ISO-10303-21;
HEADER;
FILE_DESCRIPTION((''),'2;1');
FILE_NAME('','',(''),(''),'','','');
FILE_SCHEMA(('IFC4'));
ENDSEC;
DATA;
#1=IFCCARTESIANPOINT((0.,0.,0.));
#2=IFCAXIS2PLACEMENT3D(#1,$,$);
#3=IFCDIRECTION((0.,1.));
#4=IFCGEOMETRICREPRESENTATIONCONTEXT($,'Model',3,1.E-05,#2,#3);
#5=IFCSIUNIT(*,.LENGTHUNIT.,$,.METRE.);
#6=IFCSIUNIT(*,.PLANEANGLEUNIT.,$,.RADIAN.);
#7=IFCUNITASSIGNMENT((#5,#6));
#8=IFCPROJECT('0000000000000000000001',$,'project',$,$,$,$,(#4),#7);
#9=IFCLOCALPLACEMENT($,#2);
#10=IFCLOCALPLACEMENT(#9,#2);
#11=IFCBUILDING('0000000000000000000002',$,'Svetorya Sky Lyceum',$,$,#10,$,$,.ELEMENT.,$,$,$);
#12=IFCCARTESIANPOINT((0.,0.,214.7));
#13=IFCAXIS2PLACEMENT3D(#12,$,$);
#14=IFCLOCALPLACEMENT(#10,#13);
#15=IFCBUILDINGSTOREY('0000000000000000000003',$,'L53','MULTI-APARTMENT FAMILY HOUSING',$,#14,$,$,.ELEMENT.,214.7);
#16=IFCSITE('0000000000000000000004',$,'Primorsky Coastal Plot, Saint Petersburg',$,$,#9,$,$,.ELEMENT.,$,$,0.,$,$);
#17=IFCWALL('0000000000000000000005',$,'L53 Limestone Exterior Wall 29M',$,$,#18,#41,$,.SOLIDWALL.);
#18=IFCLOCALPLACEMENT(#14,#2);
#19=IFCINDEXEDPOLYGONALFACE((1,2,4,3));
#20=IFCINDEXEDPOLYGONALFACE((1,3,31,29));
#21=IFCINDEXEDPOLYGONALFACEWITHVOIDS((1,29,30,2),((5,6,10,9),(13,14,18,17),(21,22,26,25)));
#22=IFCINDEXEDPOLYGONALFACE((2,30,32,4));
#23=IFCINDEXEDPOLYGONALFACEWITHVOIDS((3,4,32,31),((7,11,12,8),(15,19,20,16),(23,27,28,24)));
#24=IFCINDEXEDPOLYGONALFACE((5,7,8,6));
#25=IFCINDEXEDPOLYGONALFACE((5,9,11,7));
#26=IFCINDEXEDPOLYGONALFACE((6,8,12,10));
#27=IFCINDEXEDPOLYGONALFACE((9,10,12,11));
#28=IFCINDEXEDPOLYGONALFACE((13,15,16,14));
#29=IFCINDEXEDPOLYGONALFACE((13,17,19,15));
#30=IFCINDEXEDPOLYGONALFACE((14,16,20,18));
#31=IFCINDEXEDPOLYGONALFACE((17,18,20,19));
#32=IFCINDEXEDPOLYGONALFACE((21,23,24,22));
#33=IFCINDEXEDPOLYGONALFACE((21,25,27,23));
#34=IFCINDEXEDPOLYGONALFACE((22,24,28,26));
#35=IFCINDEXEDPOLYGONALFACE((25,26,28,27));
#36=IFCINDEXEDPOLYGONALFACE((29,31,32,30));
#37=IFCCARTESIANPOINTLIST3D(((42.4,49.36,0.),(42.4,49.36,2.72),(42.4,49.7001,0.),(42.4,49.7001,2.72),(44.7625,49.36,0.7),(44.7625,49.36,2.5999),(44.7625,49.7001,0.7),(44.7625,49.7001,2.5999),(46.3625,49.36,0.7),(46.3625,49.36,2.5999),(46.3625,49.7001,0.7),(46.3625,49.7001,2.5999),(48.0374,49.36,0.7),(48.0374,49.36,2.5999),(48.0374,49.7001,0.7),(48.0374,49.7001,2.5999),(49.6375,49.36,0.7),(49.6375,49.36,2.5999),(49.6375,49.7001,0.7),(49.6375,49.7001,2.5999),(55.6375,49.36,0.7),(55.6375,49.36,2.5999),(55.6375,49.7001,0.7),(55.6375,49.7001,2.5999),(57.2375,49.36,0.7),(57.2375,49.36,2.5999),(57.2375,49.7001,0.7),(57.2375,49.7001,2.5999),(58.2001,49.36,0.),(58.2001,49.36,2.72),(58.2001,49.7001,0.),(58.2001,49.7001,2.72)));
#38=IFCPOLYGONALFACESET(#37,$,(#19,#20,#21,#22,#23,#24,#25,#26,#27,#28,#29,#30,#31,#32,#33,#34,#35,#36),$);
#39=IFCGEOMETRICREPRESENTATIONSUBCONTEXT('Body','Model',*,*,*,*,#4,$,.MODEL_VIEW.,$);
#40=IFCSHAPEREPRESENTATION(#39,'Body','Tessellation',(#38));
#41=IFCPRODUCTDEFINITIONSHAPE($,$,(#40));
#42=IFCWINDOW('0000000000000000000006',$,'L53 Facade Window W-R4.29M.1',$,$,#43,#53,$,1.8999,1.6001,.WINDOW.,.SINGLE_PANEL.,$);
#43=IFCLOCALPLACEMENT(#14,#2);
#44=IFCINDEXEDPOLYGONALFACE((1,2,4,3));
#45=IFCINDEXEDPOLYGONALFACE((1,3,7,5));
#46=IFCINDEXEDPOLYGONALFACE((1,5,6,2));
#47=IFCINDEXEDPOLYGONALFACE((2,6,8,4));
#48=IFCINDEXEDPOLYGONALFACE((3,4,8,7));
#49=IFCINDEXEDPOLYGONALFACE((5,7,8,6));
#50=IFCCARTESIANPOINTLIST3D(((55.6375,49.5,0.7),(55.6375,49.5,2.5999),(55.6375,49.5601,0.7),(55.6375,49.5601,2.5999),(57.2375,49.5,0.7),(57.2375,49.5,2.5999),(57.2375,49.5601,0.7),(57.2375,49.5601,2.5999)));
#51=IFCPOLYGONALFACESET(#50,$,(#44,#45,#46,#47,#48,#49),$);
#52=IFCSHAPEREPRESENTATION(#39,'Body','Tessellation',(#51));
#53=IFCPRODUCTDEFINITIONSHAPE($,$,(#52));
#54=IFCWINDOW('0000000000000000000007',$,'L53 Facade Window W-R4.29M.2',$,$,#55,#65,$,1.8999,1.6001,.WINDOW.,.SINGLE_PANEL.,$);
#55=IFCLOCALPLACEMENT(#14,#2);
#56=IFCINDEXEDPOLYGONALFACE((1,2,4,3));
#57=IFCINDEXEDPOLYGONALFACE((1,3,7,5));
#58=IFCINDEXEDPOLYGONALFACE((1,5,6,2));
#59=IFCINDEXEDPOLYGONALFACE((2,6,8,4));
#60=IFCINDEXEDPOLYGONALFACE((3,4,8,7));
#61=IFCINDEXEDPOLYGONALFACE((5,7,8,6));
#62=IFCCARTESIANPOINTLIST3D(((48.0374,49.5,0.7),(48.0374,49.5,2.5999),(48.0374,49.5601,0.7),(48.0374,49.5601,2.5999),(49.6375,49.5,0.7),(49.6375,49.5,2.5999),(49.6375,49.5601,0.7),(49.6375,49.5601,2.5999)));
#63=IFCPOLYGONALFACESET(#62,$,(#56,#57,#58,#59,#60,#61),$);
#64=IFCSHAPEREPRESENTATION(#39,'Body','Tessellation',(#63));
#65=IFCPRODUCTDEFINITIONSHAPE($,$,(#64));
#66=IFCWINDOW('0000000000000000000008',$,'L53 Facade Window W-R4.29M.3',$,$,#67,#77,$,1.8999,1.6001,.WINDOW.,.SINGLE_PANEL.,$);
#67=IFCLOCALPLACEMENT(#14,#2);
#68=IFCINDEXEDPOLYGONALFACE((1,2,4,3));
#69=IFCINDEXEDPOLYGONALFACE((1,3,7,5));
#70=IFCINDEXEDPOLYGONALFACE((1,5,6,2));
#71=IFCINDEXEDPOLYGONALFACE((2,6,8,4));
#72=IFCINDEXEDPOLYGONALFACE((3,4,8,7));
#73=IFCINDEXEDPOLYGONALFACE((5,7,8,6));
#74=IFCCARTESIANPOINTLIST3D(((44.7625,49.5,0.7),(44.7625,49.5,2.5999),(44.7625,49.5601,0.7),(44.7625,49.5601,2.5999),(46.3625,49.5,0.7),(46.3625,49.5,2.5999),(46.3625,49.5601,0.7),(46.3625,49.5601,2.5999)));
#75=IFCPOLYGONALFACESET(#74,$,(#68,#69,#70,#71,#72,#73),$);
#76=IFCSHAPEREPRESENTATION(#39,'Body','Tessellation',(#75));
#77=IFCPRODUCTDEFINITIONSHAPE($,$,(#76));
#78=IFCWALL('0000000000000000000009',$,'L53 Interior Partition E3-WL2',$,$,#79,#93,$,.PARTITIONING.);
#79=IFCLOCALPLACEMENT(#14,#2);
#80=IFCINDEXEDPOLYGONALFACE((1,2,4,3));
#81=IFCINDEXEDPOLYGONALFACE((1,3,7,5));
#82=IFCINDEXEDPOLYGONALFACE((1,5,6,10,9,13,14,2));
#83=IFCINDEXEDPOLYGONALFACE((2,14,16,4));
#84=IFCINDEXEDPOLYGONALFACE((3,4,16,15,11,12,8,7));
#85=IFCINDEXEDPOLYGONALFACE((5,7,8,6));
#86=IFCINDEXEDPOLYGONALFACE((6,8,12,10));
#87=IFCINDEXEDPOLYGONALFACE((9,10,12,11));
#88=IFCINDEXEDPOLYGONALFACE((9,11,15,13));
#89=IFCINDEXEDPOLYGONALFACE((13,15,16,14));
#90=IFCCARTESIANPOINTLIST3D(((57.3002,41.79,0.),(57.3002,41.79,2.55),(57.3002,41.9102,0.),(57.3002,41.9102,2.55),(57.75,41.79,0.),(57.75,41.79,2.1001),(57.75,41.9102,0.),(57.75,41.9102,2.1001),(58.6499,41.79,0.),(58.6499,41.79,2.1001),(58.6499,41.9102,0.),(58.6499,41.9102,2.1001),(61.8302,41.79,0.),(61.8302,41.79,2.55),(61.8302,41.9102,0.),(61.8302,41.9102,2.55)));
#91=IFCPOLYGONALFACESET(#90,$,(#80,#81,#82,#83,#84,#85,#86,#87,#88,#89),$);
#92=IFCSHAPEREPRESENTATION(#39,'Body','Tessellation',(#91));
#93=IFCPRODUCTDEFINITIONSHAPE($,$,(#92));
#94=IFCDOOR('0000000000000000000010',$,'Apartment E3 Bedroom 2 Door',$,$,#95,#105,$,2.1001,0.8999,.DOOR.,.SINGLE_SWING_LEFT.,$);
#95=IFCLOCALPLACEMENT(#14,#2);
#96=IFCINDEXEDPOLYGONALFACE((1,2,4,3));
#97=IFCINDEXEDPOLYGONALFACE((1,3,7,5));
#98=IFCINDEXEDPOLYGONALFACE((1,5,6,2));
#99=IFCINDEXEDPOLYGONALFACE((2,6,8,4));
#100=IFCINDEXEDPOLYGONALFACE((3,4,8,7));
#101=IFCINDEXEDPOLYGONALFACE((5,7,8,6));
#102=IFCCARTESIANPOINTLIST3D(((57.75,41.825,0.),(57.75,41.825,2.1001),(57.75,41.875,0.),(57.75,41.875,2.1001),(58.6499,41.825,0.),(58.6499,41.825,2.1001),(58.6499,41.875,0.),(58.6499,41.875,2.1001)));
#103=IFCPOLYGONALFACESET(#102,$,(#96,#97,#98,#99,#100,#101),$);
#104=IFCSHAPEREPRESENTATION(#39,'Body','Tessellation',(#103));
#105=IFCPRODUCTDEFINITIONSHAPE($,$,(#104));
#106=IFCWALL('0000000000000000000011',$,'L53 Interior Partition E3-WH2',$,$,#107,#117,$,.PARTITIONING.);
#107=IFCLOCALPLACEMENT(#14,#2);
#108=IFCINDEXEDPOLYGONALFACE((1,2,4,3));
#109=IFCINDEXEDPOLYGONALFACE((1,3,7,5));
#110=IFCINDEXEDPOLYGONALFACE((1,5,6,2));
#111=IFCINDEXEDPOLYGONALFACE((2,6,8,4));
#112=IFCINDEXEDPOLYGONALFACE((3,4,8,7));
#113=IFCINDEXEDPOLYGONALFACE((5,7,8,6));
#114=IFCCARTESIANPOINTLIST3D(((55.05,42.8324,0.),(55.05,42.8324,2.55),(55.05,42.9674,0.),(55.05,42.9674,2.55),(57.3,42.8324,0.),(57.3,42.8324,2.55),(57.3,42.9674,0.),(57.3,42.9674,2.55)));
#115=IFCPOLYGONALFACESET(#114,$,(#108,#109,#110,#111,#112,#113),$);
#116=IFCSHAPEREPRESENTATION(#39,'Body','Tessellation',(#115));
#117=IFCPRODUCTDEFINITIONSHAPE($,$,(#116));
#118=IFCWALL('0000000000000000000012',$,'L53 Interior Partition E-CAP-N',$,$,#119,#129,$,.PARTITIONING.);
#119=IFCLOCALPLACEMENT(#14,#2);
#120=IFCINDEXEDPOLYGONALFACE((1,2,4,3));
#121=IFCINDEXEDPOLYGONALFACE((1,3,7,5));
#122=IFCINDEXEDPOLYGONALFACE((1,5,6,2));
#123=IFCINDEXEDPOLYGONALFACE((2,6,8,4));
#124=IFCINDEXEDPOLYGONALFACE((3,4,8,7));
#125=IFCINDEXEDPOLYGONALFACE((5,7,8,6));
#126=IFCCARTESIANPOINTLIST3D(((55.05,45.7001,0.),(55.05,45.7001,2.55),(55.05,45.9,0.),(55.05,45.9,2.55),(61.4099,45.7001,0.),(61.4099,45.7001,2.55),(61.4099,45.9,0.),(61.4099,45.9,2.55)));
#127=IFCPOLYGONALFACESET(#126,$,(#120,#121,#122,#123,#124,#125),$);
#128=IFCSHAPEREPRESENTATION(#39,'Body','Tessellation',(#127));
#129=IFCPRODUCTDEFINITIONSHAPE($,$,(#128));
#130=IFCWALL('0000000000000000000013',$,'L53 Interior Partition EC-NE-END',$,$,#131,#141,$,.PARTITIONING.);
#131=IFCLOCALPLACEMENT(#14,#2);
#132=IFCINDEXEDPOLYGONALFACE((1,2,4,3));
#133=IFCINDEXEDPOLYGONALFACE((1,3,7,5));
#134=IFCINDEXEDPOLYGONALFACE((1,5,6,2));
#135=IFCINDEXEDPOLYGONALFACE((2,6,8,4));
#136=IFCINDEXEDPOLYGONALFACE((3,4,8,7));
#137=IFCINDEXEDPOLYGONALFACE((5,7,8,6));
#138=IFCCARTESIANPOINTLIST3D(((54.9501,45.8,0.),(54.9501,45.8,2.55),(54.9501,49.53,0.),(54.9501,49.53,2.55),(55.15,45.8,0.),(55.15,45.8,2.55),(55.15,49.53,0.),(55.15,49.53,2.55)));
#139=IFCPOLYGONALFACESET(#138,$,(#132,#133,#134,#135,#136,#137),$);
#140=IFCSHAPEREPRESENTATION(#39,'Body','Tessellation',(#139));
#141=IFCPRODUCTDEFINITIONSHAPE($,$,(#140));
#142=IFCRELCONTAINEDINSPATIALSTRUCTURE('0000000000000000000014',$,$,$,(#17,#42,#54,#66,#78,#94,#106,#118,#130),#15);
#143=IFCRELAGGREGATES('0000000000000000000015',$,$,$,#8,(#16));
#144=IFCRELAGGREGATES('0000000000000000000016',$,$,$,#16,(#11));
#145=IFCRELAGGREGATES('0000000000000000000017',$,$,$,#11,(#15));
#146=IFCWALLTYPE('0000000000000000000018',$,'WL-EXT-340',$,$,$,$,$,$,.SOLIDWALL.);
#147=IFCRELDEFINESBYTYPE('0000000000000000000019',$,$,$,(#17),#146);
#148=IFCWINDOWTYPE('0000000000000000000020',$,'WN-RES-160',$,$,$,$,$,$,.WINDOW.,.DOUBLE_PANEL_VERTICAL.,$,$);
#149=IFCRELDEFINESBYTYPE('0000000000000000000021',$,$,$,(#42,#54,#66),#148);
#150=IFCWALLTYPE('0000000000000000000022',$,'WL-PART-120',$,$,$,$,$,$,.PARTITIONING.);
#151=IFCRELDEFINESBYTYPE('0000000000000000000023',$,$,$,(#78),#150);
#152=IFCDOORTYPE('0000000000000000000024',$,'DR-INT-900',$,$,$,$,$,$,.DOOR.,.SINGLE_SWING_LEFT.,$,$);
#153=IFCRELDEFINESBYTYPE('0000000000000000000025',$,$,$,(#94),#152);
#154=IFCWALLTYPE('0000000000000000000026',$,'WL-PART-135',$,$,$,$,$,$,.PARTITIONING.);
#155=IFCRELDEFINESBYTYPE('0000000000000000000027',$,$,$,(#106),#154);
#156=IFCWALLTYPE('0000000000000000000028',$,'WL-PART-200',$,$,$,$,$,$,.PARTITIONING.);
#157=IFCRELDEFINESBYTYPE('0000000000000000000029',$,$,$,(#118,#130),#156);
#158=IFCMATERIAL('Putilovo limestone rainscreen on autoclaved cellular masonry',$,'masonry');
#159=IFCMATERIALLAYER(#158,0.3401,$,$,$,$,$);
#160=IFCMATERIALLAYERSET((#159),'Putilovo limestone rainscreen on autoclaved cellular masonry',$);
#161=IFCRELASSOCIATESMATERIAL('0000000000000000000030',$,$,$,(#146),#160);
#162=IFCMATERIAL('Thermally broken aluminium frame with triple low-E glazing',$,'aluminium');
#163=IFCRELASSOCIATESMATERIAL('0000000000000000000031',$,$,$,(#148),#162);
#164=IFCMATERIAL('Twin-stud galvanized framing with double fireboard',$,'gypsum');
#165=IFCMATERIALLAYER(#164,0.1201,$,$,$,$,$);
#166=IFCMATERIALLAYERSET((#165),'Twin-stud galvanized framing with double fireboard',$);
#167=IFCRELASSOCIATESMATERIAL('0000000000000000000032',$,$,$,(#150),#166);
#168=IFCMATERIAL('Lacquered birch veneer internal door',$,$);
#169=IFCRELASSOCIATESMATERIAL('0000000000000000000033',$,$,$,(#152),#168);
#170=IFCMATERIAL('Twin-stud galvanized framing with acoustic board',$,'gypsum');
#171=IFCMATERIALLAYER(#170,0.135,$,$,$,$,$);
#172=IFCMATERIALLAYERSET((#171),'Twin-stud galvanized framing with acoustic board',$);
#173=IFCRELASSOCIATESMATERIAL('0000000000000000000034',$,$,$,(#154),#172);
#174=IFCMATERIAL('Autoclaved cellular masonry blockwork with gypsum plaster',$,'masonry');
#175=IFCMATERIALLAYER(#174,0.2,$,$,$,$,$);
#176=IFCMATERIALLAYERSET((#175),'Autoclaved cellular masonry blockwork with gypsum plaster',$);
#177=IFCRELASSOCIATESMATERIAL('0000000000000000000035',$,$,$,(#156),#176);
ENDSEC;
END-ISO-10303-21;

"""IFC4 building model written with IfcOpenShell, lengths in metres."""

from ifc_helpers import new_model, si_unit, direction, frame, frame_2d, origin, place, context, subcontext, project, spatial, rectangle, extrude, material, layer, layer_set, type_object, element, fill, save


model = new_model("IFC4")

# Units and contexts
model_context = context("Model", 3, precision=1e-05, world=origin(), true_north=direction((0.0, 1.0)))
body_context = subcontext(model_context, "Body", "Model", "MODEL_VIEW")
ifc_project = project(units=[si_unit("LENGTHUNIT", "METRE"), si_unit("PLANEANGLEUNIT", "RADIAN")], contexts=[model_context])

# Site, building, storey
site_placement = place(None, origin())
site = spatial("IfcSite", under=ifc_project, at=site_placement, Name="Primorsky Coastal Plot, Saint Petersburg", CompositionType="ELEMENT", RefElevation=0.0)
building_placement = place(site_placement, origin())
building = spatial("IfcBuilding", under=site, at=building_placement, Name="Svetorya Sky Lyceum", CompositionType="ELEMENT")
storey_placement = place(building_placement, frame((0.0, 0.0, 214.7)))
storey = spatial("IfcBuildingStorey", under=building, at=storey_placement, Name="L53", Description="MULTI-APARTMENT FAMILY HOUSING", CompositionType="ELEMENT", Elevation=214.7)

# Shared definitions
ifc_material_1 = material(Name="Putilovo limestone rainscreen on autoclaved cellular masonry", Category="masonry")
ifc_layer_1 = layer(ifc_material_1, 0.3401)
ifc_layer_set_1 = layer_set([ifc_layer_1], Name="Putilovo limestone rainscreen on autoclaved cellular masonry")
wall_type_1 = type_object("IfcWallType", Name="WL-EXT-340", PredefinedType="SOLIDWALL", material=ifc_layer_set_1)

# Wall, openings, windows
wall_1_placement = place(storey_placement, frame((58.2, 49.53, 0.0), z_axis=(0.0, 0.0, 1.0), x_axis=(-1.0, 0.0, 0.0)))
wall_1 = element("IfcWall", 1, at=wall_1_placement, inside=storey, type_object=wall_type_1, Name="L53 Limestone Exterior Wall 29M", PredefinedType="SOLIDWALL", context=body_context, shape_type="SweptSolid", body=[
    extrude(rectangle(XDim=15.8, YDim=0.3401, at=frame_2d((7.8999, 0.0))), origin(), (0.0, 0.0, 1.0), 2.72),
])
opening_1_placement = place(wall_1_placement, frame((0.9624, 0.0, 0.7)))
opening_1 = element("IfcOpeningElement", 2, at=opening_1_placement, cuts=wall_1, PredefinedType="OPENING", context=body_context, shape_type="SweptSolid", body=[
    extrude(rectangle(XDim=1.6001, YDim=1.8999, at=frame_2d((0.8, 0.95))), frame((0.0, 0.1799, 0.0), z_axis=(0.0, -1.0, 0.0), x_axis=(1.0, 0.0, 0.0)), (0.0, 0.0, 1.0), 0.3601),
])
opening_2_placement = place(wall_1_placement, frame((8.5625, 0.0, 0.7)))
opening_2 = element("IfcOpeningElement", 3, at=opening_2_placement, cuts=wall_1, PredefinedType="OPENING", context=body_context, shape_type="SweptSolid", body=[
    extrude(rectangle(XDim=1.6001, YDim=1.8999, at=frame_2d((0.8, 0.95))), frame((0.0, 0.1799, 0.0), z_axis=(0.0, -1.0, 0.0), x_axis=(1.0, 0.0, 0.0)), (0.0, 0.0, 1.0), 0.3601),
])
opening_3_placement = place(wall_1_placement, frame((11.8374, 0.0, 0.7)))
opening_3 = element("IfcOpeningElement", 4, at=opening_3_placement, cuts=wall_1, PredefinedType="OPENING", context=body_context, shape_type="SweptSolid", body=[
    extrude(rectangle(XDim=1.6001, YDim=1.8999, at=frame_2d((0.8, 0.95))), frame((0.0, 0.1799, 0.0), z_axis=(0.0, -1.0, 0.0), x_axis=(1.0, 0.0, 0.0)), (0.0, 0.0, 1.0), 0.3601),
])
ifc_material_2 = material(Name="Thermally broken aluminium frame with triple low-E glazing", Category="aluminium")
window_type = type_object("IfcWindowType", Name="WN-RES-160", PartitioningType="DOUBLE_PANEL_VERTICAL", PredefinedType="WINDOW", material=ifc_material_2)
window_1_placement = place(opening_1_placement, origin())
window_1 = element("IfcWindow", 5, at=window_1_placement, inside=storey, type_object=window_type, Name="L53 Facade Window W-R4.29M.1", OverallHeight=1.8999, OverallWidth=1.6001, PartitioningType="SINGLE_PANEL", PredefinedType="WINDOW", context=body_context, shape_type="SweptSolid", body=[
    extrude(rectangle(XDim=1.6001, YDim=1.8999, at=frame_2d((0.8, 0.95))), frame((0.0, 0.03, 0.0), z_axis=(0.0, -1.0, 0.0), x_axis=(1.0, 0.0, 0.0)), (0.0, 0.0, 1.0), 0.0601),
])
fill(opening_1, window_1)
window_2_placement = place(opening_2_placement, origin())
window_2 = element("IfcWindow", 6, at=window_2_placement, inside=storey, type_object=window_type, Name="L53 Facade Window W-R4.29M.2", OverallHeight=1.8999, OverallWidth=1.6001, PartitioningType="SINGLE_PANEL", PredefinedType="WINDOW", context=body_context, shape_type="SweptSolid", body=[
    extrude(rectangle(XDim=1.6001, YDim=1.8999, at=frame_2d((0.8, 0.95))), frame((0.0, 0.03, 0.0), z_axis=(0.0, -1.0, 0.0), x_axis=(1.0, 0.0, 0.0)), (0.0, 0.0, 1.0), 0.0601),
])
fill(opening_2, window_2)
window_3_placement = place(opening_3_placement, origin())
window_3 = element("IfcWindow", 7, at=window_3_placement, inside=storey, type_object=window_type, Name="L53 Facade Window W-R4.29M.3", OverallHeight=1.8999, OverallWidth=1.6001, PartitioningType="SINGLE_PANEL", PredefinedType="WINDOW", context=body_context, shape_type="SweptSolid", body=[
    extrude(rectangle(XDim=1.6001, YDim=1.8999, at=frame_2d((0.8, 0.95))), frame((0.0, 0.03, 0.0), z_axis=(0.0, -1.0, 0.0), x_axis=(1.0, 0.0, 0.0)), (0.0, 0.0, 1.0), 0.0601),
])
fill(opening_3, window_3)

# Wall, opening, door
ifc_material_3 = material(Name="Twin-stud galvanized framing with double fireboard", Category="gypsum")
ifc_layer_2 = layer(ifc_material_3, 0.1201)
ifc_layer_set_2 = layer_set([ifc_layer_2], Name="Twin-stud galvanized framing with double fireboard")
wall_type_2 = type_object("IfcWallType", Name="WL-PART-120", PredefinedType="PARTITIONING", material=ifc_layer_set_2)
wall_2_placement = place(storey_placement, frame((57.3, 41.8501, 0.0), z_axis=(0.0, 0.0, 1.0), x_axis=(1.0, 0.0, 0.0)))
wall_2 = element("IfcWall", 8, at=wall_2_placement, inside=storey, type_object=wall_type_2, Name="L53 Interior Partition E3-WL2", PredefinedType="PARTITIONING", context=body_context, shape_type="SweptSolid", body=[
    extrude(rectangle(XDim=4.53, YDim=0.1201, at=frame_2d((2.2651, 0.0))), origin(), (0.0, 0.0, 1.0), 2.55),
])
opening_4_placement = place(wall_2_placement, frame((0.45, 0.0, 0.0)))
opening_4 = element("IfcOpeningElement", 9, at=opening_4_placement, cuts=wall_2, PredefinedType="OPENING", context=body_context, shape_type="SweptSolid", body=[
    extrude(rectangle(XDim=0.8999, YDim=2.1001, at=frame_2d((0.45, 1.05))), frame((0.0, 0.0701, 0.0), z_axis=(0.0, -1.0, 0.0), x_axis=(1.0, 0.0, 0.0)), (0.0, 0.0, 1.0), 0.1401),
])
ifc_material_4 = material(Name="Lacquered birch veneer internal door")
door_type = type_object("IfcDoorType", Name="DR-INT-900", OperationType="SINGLE_SWING_LEFT", PredefinedType="DOOR", material=ifc_material_4)
door_1_placement = place(opening_4_placement, origin())
door_1 = element("IfcDoor", 10, at=door_1_placement, inside=storey, type_object=door_type, Name="Apartment E3 Bedroom 2 Door", OperationType="SINGLE_SWING_LEFT", OverallHeight=2.1001, OverallWidth=0.8999, PredefinedType="DOOR", context=body_context, shape_type="SweptSolid", body=[
    extrude(rectangle(XDim=0.8999, YDim=2.1001, at=frame_2d((0.45, 1.05))), frame((0.0, 0.0249, 0.0), z_axis=(0.0, -1.0, 0.0), x_axis=(1.0, 0.0, 0.0)), (0.0, 0.0, 1.0), 0.05),
])
fill(opening_4, door_1)

# Walls
ifc_material_5 = material(Name="Twin-stud galvanized framing with acoustic board", Category="gypsum")
ifc_layer_3 = layer(ifc_material_5, 0.135)
ifc_layer_set_3 = layer_set([ifc_layer_3], Name="Twin-stud galvanized framing with acoustic board")
wall_type_3 = type_object("IfcWallType", Name="WL-PART-135", PredefinedType="PARTITIONING", material=ifc_layer_set_3)
wall_3_placement = place(storey_placement, frame((55.05, 42.8999, 0.0), z_axis=(0.0, 0.0, 1.0), x_axis=(1.0, 0.0, 0.0)))
element("IfcWall", 11, at=wall_3_placement, inside=storey, type_object=wall_type_3, Name="L53 Interior Partition E3-WH2", PredefinedType="PARTITIONING", context=body_context, shape_type="SweptSolid", body=[
    extrude(rectangle(XDim=2.25, YDim=0.135, at=frame_2d((1.125, 0.0))), origin(), (0.0, 0.0, 1.0), 2.55),
])
ifc_material_6 = material(Name="Autoclaved cellular masonry blockwork with gypsum plaster", Category="masonry")
ifc_layer_4 = layer(ifc_material_6, 0.2)
ifc_layer_set_4 = layer_set([ifc_layer_4], Name="Autoclaved cellular masonry blockwork with gypsum plaster")
wall_type_4 = type_object("IfcWallType", Name="WL-PART-200", PredefinedType="PARTITIONING", material=ifc_layer_set_4)
wall_4_placement = place(storey_placement, frame((55.05, 45.8, 0.0), z_axis=(0.0, 0.0, 1.0), x_axis=(1.0, 0.0, 0.0)))
element("IfcWall", 12, at=wall_4_placement, inside=storey, type_object=wall_type_4, Name="L53 Interior Partition E-CAP-N", PredefinedType="PARTITIONING", context=body_context, shape_type="SweptSolid", body=[
    extrude(rectangle(XDim=6.3599, YDim=0.2, at=frame_2d((3.1799, 0.0))), origin(), (0.0, 0.0, 1.0), 2.55),
])
wall_5_placement = place(storey_placement, frame((55.05, 45.8, 0.0), z_axis=(0.0, 0.0, 1.0), x_axis=(0.0, 1.0, 0.0)))
element("IfcWall", 13, at=wall_5_placement, inside=storey, type_object=wall_type_4, Name="L53 Interior Partition EC-NE-END", PredefinedType="PARTITIONING", context=body_context, shape_type="SweptSolid", body=[
    extrude(rectangle(XDim=3.73, YDim=0.2, at=frame_2d((1.865, 0.0))), origin(), (0.0, 0.0, 1.0), 2.55),
])

save(model, "model.ifc")
